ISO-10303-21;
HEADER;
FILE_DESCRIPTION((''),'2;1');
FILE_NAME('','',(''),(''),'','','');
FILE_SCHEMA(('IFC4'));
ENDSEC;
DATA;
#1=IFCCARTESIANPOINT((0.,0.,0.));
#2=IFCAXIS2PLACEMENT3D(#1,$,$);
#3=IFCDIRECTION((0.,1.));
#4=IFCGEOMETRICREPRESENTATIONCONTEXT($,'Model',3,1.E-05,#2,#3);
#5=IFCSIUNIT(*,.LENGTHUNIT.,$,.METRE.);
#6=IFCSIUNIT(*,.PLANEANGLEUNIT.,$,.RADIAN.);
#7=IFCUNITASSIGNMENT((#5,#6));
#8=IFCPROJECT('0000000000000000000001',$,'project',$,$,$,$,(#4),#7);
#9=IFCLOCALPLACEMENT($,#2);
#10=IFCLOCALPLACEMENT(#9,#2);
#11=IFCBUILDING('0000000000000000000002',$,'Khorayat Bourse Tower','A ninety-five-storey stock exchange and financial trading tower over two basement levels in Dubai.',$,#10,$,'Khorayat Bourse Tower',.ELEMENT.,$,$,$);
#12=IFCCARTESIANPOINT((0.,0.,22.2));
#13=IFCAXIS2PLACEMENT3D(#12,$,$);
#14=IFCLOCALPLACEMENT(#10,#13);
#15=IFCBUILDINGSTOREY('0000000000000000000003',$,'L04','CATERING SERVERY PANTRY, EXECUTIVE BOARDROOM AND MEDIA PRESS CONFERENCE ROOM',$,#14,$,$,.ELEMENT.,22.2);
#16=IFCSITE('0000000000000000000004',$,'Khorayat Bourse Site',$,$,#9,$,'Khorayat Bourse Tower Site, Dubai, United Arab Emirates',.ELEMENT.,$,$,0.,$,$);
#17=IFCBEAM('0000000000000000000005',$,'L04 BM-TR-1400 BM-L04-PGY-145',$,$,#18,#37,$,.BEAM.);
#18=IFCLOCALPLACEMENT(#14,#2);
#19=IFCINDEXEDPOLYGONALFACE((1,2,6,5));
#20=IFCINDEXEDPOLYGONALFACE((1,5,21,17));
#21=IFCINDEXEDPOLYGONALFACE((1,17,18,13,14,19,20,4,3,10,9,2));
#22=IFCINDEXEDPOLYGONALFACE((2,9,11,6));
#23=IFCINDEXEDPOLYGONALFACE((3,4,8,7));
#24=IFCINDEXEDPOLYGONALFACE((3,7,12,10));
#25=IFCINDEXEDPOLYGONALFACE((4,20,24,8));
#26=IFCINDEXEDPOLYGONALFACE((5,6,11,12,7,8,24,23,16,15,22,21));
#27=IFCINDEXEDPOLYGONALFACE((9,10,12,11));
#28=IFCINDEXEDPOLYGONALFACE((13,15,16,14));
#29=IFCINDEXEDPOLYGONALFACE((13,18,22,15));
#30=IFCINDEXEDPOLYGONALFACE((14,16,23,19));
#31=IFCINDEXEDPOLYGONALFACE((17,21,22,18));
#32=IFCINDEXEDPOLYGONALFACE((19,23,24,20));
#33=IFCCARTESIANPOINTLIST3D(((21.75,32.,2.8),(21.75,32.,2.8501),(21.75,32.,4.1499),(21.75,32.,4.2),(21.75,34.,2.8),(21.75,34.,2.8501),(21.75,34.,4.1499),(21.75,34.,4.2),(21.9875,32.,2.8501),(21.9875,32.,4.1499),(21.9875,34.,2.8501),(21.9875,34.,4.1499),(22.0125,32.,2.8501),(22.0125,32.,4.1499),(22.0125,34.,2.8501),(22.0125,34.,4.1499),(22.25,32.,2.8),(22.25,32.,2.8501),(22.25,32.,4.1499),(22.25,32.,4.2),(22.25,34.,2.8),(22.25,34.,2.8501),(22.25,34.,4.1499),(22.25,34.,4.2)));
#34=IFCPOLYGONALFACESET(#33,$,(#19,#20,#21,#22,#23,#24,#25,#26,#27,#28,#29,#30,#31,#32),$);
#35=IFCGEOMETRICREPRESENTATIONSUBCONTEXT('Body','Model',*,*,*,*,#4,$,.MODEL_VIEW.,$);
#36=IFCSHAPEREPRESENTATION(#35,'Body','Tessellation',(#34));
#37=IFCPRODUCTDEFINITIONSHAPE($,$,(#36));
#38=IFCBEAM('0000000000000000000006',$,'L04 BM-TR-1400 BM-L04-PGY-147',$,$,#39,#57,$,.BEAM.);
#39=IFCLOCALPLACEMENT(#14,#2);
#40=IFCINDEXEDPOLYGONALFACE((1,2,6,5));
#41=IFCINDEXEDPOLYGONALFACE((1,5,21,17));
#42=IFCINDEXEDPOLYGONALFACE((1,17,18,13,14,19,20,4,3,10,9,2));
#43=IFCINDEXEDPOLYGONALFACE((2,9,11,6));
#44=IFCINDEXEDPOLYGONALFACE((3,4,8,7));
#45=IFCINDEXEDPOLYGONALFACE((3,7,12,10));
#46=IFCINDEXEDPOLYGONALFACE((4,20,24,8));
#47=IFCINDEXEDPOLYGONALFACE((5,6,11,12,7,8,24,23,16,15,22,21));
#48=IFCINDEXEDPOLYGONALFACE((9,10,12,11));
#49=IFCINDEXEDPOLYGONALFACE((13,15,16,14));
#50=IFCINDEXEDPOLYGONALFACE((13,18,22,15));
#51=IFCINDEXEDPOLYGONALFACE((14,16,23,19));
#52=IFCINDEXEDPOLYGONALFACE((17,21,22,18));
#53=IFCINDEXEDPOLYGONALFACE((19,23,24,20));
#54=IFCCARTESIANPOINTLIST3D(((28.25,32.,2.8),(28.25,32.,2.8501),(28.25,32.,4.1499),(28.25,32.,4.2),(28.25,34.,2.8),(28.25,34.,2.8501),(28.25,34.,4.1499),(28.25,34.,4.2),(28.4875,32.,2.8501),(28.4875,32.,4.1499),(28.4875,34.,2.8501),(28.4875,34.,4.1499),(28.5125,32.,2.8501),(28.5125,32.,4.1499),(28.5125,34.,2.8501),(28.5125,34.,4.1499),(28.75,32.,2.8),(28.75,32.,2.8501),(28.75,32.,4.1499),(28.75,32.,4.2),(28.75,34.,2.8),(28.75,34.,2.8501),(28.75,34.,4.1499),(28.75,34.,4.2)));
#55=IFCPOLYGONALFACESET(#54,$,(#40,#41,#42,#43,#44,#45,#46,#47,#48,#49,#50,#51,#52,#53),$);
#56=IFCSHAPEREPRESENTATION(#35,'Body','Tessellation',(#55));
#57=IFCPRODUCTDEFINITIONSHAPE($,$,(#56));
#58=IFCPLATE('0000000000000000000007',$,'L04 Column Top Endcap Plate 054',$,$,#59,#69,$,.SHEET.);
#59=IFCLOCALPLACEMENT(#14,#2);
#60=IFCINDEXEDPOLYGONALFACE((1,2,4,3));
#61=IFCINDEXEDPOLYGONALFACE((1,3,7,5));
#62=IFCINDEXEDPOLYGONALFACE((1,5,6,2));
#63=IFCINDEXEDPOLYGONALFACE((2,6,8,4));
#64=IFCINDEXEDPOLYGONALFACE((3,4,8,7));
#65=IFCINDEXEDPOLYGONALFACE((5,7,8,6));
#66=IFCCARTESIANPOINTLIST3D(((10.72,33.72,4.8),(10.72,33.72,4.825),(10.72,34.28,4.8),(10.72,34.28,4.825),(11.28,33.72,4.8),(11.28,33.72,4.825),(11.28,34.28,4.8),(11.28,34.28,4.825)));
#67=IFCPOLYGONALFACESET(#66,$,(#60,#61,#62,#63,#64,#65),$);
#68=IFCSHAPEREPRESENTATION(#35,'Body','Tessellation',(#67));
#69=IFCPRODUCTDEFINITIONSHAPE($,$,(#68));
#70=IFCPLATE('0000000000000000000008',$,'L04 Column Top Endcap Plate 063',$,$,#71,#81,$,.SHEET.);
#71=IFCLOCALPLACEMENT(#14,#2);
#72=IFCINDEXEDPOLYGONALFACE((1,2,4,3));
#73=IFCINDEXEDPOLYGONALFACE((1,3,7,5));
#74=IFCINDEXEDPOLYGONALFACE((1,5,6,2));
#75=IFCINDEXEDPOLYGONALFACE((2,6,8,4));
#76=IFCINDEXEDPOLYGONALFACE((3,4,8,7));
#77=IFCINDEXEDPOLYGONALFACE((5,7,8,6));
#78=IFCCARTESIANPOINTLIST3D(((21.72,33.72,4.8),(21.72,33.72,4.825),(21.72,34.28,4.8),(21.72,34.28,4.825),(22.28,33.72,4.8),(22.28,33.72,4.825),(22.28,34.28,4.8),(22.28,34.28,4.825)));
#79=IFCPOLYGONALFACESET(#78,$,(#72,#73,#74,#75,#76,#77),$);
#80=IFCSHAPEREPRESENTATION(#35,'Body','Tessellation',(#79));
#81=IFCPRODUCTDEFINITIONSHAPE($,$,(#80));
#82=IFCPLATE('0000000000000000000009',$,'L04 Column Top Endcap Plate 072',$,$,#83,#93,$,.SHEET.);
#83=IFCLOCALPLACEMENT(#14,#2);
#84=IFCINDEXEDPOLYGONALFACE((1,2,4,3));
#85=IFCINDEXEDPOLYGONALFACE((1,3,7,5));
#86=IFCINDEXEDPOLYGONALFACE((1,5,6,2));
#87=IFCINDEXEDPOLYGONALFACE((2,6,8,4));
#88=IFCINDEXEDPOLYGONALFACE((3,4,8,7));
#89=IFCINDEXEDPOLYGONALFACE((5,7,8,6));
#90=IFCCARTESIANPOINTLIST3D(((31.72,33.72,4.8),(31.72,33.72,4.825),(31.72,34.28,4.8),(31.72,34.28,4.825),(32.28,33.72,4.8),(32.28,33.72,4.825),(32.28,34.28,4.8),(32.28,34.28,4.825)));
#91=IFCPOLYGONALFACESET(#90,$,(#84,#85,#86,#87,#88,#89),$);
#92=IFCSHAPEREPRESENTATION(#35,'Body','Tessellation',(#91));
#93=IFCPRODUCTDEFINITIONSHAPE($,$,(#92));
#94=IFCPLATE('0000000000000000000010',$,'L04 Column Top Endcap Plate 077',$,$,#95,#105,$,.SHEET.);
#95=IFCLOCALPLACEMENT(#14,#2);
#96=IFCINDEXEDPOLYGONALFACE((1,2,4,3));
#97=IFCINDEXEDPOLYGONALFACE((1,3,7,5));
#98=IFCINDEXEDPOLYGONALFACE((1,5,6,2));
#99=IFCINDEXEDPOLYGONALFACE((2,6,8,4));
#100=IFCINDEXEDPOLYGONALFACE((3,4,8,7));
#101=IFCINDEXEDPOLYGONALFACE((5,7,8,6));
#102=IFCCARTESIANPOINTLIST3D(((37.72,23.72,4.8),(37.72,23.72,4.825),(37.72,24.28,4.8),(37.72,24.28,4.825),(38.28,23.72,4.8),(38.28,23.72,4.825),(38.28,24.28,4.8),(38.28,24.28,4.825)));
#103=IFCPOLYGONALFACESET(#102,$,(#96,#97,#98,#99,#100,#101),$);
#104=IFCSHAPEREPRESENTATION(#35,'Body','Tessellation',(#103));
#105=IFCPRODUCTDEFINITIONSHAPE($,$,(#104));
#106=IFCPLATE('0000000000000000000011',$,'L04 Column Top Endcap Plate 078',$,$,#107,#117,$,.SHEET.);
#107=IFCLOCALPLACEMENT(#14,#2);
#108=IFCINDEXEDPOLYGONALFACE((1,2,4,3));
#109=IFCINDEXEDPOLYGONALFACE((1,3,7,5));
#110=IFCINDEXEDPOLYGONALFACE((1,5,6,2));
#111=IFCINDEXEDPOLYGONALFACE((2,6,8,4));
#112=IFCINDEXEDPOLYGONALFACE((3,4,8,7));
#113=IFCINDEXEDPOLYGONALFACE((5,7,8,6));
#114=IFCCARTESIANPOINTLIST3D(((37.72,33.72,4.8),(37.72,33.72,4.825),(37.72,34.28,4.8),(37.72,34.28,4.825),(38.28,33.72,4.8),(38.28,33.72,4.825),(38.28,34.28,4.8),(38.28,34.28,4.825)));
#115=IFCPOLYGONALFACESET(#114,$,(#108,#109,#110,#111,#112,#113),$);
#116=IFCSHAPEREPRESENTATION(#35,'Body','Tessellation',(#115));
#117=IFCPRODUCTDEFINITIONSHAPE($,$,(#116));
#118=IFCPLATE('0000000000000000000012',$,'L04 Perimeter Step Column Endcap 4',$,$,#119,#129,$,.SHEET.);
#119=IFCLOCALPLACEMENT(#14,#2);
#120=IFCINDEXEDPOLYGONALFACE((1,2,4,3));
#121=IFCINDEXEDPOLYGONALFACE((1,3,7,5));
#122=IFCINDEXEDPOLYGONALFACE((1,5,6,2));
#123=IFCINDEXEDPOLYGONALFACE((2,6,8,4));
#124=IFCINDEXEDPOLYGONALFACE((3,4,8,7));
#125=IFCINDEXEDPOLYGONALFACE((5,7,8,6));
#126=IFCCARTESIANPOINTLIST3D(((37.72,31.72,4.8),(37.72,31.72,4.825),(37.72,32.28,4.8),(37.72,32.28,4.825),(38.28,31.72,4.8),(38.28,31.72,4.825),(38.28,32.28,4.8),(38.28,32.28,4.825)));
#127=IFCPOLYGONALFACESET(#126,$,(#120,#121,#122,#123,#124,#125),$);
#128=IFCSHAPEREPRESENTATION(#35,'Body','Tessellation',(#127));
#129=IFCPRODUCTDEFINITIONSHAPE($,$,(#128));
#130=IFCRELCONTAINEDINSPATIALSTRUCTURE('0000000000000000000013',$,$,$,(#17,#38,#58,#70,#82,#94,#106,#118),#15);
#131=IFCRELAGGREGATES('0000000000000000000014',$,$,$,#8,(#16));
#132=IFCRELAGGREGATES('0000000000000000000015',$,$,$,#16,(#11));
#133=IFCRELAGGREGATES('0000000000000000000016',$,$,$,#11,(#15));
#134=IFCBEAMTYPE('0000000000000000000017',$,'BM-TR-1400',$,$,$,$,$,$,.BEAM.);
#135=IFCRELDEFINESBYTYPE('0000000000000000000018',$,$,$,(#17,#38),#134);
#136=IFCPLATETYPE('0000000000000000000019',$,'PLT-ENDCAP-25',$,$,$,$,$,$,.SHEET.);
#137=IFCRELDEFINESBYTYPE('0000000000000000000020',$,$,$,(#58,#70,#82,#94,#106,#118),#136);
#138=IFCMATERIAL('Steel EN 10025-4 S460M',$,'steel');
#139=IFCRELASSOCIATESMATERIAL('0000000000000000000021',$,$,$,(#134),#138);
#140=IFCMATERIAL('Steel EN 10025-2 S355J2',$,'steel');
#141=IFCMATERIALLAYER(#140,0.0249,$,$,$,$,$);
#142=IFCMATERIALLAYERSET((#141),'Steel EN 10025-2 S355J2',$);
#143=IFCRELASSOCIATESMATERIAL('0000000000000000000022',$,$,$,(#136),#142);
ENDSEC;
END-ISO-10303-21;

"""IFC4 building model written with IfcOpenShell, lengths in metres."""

from ifc_helpers import new_model, si_unit, direction, frame, origin, origin_2d, place, context, subcontext, project, spatial, rectangle, i_section, extrude, source, transform, mapped, material, layer, layer_set, material_profile, profile_set, type_object, element, save


model = new_model("IFC4")

# Units and contexts
model_context = context("Model", 3, precision=1e-05, world=origin(), true_north=direction((0.0, 1.0)))
body_context = subcontext(model_context, "Body", "Model", "MODEL_VIEW")
ifc_project = project(units=[si_unit("LENGTHUNIT", "METRE"), si_unit("PLANEANGLEUNIT", "RADIAN")], contexts=[model_context])

# Site, building, storey
site_placement = place(None, origin())
site = spatial("IfcSite", under=ifc_project, at=site_placement, Name="Khorayat Bourse Site", LongName="Khorayat Bourse Tower Site, Dubai, United Arab Emirates", CompositionType="ELEMENT", RefElevation=0.0)
building_placement = place(site_placement, origin())
building = spatial("IfcBuilding", under=site, at=building_placement, Name="Khorayat Bourse Tower", Description="A ninety-five-storey stock exchange and financial trading tower over two basement levels in Dubai.", LongName="Khorayat Bourse Tower", CompositionType="ELEMENT")
storey_placement = place(building_placement, frame((0.0, 0.0, 22.2)))
storey = spatial("IfcBuildingStorey", under=building, at=storey_placement, Name="L04", Description="CATERING SERVERY PANTRY, EXECUTIVE BOARDROOM AND MEDIA PRESS CONFERENCE ROOM", CompositionType="ELEMENT", Elevation=22.2)

# Shared definitions
ifc_material_1 = material(Name="Steel EN 10025-2 S355J2", Category="steel")

# Beams
ifc_material_2 = material(Name="Steel EN 10025-4 S460M", Category="steel")
ifc_material_profile_1 = material_profile(ifc_material_2, i_section(OverallWidth=0.5, OverallDepth=1.3999, WebThickness=0.0249, FlangeThickness=0.05, at=origin_2d()), Name="PG 1400x500x25x50")
ifc_profile_set_1 = profile_set([ifc_material_profile_1], Name="Steel EN 10025-4 S460M")
beam_type_1 = type_object("IfcBeamType", Name="BM-TR-1400", PredefinedType="BEAM", material=ifc_profile_set_1)
shared_shape_1 = source(origin(), body_context, "Body", "SweptSolid", [
    extrude(i_section(OverallWidth=0.5, OverallDepth=1.3999, WebThickness=0.0249, FlangeThickness=0.05, at=origin_2d()), origin(), (0.0, 0.0, 1.0), 2.0),
])
for number, where, z_axis, x_axis, name in (
    (1, (22.0, 32.0, 3.5), (0.0, 1.0, 0.0), (-1.0, 0.0, 0.0), "L04 BM-TR-1400 BM-L04-PGY-145"),
    (2, (28.5, 32.0, 3.5), (0.0, 1.0, 0.0), (-1.0, 0.0, 0.0), "L04 BM-TR-1400 BM-L04-PGY-147"),
):
    element("IfcBeam", number, at=place(storey_placement, frame(where, z_axis=z_axis, x_axis=x_axis)), inside=storey, type_object=beam_type_1, Name=name, PredefinedType="BEAM", context=body_context, shape_type="MappedRepresentation", body=[
        mapped(shared_shape_1, transform((0.0, 0.0, 0.0), scale=1.0)),
    ])

# Plates
ifc_layer = layer(ifc_material_1, 0.0249)
ifc_layer_set = layer_set([ifc_layer], Name="Steel EN 10025-2 S355J2")
plate_type = type_object("IfcPlateType", Name="PLT-ENDCAP-25", PredefinedType="SHEET", material=ifc_layer_set)
shared_shape_2 = source(origin(), body_context, "Body", "SweptSolid", [
    extrude(rectangle(XDim=0.5601, YDim=0.5601, at=origin_2d()), origin(), (0.0, 0.0, 1.0), 0.0249),
])
for number, where, z_axis, x_axis, name in (
    (3, (11.0, 34.0, 4.8), (0.0, 0.0, 1.0), (1.0, 0.0, 0.0), "L04 Column Top Endcap Plate 054"),
    (4, (22.0, 34.0, 4.8), (0.0, 0.0, 1.0), (1.0, 0.0, 0.0), "L04 Column Top Endcap Plate 063"),
    (5, (32.0, 34.0, 4.8), (0.0, 0.0, 1.0), (1.0, 0.0, 0.0), "L04 Column Top Endcap Plate 072"),
    (6, (38.0, 24.0, 4.8), (0.0, 0.0, 1.0), (1.0, 0.0, 0.0), "L04 Column Top Endcap Plate 077"),
    (7, (38.0, 34.0, 4.8), (0.0, 0.0, 1.0), (1.0, 0.0, 0.0), "L04 Column Top Endcap Plate 078"),
    (8, (38.0, 32.0, 4.8), (0.0, 0.0, 1.0), (1.0, 0.0, 0.0), "L04 Perimeter Step Column Endcap 4"),
):
    element("IfcPlate", number, at=place(storey_placement, frame(where, z_axis=z_axis, x_axis=x_axis)), inside=storey, type_object=plate_type, Name=name, PredefinedType="SHEET", context=body_context, shape_type="MappedRepresentation", body=[
        mapped(shared_shape_2, transform((0.0, 0.0, 0.0), scale=1.0)),
    ])

save(model, "model.ifc")
